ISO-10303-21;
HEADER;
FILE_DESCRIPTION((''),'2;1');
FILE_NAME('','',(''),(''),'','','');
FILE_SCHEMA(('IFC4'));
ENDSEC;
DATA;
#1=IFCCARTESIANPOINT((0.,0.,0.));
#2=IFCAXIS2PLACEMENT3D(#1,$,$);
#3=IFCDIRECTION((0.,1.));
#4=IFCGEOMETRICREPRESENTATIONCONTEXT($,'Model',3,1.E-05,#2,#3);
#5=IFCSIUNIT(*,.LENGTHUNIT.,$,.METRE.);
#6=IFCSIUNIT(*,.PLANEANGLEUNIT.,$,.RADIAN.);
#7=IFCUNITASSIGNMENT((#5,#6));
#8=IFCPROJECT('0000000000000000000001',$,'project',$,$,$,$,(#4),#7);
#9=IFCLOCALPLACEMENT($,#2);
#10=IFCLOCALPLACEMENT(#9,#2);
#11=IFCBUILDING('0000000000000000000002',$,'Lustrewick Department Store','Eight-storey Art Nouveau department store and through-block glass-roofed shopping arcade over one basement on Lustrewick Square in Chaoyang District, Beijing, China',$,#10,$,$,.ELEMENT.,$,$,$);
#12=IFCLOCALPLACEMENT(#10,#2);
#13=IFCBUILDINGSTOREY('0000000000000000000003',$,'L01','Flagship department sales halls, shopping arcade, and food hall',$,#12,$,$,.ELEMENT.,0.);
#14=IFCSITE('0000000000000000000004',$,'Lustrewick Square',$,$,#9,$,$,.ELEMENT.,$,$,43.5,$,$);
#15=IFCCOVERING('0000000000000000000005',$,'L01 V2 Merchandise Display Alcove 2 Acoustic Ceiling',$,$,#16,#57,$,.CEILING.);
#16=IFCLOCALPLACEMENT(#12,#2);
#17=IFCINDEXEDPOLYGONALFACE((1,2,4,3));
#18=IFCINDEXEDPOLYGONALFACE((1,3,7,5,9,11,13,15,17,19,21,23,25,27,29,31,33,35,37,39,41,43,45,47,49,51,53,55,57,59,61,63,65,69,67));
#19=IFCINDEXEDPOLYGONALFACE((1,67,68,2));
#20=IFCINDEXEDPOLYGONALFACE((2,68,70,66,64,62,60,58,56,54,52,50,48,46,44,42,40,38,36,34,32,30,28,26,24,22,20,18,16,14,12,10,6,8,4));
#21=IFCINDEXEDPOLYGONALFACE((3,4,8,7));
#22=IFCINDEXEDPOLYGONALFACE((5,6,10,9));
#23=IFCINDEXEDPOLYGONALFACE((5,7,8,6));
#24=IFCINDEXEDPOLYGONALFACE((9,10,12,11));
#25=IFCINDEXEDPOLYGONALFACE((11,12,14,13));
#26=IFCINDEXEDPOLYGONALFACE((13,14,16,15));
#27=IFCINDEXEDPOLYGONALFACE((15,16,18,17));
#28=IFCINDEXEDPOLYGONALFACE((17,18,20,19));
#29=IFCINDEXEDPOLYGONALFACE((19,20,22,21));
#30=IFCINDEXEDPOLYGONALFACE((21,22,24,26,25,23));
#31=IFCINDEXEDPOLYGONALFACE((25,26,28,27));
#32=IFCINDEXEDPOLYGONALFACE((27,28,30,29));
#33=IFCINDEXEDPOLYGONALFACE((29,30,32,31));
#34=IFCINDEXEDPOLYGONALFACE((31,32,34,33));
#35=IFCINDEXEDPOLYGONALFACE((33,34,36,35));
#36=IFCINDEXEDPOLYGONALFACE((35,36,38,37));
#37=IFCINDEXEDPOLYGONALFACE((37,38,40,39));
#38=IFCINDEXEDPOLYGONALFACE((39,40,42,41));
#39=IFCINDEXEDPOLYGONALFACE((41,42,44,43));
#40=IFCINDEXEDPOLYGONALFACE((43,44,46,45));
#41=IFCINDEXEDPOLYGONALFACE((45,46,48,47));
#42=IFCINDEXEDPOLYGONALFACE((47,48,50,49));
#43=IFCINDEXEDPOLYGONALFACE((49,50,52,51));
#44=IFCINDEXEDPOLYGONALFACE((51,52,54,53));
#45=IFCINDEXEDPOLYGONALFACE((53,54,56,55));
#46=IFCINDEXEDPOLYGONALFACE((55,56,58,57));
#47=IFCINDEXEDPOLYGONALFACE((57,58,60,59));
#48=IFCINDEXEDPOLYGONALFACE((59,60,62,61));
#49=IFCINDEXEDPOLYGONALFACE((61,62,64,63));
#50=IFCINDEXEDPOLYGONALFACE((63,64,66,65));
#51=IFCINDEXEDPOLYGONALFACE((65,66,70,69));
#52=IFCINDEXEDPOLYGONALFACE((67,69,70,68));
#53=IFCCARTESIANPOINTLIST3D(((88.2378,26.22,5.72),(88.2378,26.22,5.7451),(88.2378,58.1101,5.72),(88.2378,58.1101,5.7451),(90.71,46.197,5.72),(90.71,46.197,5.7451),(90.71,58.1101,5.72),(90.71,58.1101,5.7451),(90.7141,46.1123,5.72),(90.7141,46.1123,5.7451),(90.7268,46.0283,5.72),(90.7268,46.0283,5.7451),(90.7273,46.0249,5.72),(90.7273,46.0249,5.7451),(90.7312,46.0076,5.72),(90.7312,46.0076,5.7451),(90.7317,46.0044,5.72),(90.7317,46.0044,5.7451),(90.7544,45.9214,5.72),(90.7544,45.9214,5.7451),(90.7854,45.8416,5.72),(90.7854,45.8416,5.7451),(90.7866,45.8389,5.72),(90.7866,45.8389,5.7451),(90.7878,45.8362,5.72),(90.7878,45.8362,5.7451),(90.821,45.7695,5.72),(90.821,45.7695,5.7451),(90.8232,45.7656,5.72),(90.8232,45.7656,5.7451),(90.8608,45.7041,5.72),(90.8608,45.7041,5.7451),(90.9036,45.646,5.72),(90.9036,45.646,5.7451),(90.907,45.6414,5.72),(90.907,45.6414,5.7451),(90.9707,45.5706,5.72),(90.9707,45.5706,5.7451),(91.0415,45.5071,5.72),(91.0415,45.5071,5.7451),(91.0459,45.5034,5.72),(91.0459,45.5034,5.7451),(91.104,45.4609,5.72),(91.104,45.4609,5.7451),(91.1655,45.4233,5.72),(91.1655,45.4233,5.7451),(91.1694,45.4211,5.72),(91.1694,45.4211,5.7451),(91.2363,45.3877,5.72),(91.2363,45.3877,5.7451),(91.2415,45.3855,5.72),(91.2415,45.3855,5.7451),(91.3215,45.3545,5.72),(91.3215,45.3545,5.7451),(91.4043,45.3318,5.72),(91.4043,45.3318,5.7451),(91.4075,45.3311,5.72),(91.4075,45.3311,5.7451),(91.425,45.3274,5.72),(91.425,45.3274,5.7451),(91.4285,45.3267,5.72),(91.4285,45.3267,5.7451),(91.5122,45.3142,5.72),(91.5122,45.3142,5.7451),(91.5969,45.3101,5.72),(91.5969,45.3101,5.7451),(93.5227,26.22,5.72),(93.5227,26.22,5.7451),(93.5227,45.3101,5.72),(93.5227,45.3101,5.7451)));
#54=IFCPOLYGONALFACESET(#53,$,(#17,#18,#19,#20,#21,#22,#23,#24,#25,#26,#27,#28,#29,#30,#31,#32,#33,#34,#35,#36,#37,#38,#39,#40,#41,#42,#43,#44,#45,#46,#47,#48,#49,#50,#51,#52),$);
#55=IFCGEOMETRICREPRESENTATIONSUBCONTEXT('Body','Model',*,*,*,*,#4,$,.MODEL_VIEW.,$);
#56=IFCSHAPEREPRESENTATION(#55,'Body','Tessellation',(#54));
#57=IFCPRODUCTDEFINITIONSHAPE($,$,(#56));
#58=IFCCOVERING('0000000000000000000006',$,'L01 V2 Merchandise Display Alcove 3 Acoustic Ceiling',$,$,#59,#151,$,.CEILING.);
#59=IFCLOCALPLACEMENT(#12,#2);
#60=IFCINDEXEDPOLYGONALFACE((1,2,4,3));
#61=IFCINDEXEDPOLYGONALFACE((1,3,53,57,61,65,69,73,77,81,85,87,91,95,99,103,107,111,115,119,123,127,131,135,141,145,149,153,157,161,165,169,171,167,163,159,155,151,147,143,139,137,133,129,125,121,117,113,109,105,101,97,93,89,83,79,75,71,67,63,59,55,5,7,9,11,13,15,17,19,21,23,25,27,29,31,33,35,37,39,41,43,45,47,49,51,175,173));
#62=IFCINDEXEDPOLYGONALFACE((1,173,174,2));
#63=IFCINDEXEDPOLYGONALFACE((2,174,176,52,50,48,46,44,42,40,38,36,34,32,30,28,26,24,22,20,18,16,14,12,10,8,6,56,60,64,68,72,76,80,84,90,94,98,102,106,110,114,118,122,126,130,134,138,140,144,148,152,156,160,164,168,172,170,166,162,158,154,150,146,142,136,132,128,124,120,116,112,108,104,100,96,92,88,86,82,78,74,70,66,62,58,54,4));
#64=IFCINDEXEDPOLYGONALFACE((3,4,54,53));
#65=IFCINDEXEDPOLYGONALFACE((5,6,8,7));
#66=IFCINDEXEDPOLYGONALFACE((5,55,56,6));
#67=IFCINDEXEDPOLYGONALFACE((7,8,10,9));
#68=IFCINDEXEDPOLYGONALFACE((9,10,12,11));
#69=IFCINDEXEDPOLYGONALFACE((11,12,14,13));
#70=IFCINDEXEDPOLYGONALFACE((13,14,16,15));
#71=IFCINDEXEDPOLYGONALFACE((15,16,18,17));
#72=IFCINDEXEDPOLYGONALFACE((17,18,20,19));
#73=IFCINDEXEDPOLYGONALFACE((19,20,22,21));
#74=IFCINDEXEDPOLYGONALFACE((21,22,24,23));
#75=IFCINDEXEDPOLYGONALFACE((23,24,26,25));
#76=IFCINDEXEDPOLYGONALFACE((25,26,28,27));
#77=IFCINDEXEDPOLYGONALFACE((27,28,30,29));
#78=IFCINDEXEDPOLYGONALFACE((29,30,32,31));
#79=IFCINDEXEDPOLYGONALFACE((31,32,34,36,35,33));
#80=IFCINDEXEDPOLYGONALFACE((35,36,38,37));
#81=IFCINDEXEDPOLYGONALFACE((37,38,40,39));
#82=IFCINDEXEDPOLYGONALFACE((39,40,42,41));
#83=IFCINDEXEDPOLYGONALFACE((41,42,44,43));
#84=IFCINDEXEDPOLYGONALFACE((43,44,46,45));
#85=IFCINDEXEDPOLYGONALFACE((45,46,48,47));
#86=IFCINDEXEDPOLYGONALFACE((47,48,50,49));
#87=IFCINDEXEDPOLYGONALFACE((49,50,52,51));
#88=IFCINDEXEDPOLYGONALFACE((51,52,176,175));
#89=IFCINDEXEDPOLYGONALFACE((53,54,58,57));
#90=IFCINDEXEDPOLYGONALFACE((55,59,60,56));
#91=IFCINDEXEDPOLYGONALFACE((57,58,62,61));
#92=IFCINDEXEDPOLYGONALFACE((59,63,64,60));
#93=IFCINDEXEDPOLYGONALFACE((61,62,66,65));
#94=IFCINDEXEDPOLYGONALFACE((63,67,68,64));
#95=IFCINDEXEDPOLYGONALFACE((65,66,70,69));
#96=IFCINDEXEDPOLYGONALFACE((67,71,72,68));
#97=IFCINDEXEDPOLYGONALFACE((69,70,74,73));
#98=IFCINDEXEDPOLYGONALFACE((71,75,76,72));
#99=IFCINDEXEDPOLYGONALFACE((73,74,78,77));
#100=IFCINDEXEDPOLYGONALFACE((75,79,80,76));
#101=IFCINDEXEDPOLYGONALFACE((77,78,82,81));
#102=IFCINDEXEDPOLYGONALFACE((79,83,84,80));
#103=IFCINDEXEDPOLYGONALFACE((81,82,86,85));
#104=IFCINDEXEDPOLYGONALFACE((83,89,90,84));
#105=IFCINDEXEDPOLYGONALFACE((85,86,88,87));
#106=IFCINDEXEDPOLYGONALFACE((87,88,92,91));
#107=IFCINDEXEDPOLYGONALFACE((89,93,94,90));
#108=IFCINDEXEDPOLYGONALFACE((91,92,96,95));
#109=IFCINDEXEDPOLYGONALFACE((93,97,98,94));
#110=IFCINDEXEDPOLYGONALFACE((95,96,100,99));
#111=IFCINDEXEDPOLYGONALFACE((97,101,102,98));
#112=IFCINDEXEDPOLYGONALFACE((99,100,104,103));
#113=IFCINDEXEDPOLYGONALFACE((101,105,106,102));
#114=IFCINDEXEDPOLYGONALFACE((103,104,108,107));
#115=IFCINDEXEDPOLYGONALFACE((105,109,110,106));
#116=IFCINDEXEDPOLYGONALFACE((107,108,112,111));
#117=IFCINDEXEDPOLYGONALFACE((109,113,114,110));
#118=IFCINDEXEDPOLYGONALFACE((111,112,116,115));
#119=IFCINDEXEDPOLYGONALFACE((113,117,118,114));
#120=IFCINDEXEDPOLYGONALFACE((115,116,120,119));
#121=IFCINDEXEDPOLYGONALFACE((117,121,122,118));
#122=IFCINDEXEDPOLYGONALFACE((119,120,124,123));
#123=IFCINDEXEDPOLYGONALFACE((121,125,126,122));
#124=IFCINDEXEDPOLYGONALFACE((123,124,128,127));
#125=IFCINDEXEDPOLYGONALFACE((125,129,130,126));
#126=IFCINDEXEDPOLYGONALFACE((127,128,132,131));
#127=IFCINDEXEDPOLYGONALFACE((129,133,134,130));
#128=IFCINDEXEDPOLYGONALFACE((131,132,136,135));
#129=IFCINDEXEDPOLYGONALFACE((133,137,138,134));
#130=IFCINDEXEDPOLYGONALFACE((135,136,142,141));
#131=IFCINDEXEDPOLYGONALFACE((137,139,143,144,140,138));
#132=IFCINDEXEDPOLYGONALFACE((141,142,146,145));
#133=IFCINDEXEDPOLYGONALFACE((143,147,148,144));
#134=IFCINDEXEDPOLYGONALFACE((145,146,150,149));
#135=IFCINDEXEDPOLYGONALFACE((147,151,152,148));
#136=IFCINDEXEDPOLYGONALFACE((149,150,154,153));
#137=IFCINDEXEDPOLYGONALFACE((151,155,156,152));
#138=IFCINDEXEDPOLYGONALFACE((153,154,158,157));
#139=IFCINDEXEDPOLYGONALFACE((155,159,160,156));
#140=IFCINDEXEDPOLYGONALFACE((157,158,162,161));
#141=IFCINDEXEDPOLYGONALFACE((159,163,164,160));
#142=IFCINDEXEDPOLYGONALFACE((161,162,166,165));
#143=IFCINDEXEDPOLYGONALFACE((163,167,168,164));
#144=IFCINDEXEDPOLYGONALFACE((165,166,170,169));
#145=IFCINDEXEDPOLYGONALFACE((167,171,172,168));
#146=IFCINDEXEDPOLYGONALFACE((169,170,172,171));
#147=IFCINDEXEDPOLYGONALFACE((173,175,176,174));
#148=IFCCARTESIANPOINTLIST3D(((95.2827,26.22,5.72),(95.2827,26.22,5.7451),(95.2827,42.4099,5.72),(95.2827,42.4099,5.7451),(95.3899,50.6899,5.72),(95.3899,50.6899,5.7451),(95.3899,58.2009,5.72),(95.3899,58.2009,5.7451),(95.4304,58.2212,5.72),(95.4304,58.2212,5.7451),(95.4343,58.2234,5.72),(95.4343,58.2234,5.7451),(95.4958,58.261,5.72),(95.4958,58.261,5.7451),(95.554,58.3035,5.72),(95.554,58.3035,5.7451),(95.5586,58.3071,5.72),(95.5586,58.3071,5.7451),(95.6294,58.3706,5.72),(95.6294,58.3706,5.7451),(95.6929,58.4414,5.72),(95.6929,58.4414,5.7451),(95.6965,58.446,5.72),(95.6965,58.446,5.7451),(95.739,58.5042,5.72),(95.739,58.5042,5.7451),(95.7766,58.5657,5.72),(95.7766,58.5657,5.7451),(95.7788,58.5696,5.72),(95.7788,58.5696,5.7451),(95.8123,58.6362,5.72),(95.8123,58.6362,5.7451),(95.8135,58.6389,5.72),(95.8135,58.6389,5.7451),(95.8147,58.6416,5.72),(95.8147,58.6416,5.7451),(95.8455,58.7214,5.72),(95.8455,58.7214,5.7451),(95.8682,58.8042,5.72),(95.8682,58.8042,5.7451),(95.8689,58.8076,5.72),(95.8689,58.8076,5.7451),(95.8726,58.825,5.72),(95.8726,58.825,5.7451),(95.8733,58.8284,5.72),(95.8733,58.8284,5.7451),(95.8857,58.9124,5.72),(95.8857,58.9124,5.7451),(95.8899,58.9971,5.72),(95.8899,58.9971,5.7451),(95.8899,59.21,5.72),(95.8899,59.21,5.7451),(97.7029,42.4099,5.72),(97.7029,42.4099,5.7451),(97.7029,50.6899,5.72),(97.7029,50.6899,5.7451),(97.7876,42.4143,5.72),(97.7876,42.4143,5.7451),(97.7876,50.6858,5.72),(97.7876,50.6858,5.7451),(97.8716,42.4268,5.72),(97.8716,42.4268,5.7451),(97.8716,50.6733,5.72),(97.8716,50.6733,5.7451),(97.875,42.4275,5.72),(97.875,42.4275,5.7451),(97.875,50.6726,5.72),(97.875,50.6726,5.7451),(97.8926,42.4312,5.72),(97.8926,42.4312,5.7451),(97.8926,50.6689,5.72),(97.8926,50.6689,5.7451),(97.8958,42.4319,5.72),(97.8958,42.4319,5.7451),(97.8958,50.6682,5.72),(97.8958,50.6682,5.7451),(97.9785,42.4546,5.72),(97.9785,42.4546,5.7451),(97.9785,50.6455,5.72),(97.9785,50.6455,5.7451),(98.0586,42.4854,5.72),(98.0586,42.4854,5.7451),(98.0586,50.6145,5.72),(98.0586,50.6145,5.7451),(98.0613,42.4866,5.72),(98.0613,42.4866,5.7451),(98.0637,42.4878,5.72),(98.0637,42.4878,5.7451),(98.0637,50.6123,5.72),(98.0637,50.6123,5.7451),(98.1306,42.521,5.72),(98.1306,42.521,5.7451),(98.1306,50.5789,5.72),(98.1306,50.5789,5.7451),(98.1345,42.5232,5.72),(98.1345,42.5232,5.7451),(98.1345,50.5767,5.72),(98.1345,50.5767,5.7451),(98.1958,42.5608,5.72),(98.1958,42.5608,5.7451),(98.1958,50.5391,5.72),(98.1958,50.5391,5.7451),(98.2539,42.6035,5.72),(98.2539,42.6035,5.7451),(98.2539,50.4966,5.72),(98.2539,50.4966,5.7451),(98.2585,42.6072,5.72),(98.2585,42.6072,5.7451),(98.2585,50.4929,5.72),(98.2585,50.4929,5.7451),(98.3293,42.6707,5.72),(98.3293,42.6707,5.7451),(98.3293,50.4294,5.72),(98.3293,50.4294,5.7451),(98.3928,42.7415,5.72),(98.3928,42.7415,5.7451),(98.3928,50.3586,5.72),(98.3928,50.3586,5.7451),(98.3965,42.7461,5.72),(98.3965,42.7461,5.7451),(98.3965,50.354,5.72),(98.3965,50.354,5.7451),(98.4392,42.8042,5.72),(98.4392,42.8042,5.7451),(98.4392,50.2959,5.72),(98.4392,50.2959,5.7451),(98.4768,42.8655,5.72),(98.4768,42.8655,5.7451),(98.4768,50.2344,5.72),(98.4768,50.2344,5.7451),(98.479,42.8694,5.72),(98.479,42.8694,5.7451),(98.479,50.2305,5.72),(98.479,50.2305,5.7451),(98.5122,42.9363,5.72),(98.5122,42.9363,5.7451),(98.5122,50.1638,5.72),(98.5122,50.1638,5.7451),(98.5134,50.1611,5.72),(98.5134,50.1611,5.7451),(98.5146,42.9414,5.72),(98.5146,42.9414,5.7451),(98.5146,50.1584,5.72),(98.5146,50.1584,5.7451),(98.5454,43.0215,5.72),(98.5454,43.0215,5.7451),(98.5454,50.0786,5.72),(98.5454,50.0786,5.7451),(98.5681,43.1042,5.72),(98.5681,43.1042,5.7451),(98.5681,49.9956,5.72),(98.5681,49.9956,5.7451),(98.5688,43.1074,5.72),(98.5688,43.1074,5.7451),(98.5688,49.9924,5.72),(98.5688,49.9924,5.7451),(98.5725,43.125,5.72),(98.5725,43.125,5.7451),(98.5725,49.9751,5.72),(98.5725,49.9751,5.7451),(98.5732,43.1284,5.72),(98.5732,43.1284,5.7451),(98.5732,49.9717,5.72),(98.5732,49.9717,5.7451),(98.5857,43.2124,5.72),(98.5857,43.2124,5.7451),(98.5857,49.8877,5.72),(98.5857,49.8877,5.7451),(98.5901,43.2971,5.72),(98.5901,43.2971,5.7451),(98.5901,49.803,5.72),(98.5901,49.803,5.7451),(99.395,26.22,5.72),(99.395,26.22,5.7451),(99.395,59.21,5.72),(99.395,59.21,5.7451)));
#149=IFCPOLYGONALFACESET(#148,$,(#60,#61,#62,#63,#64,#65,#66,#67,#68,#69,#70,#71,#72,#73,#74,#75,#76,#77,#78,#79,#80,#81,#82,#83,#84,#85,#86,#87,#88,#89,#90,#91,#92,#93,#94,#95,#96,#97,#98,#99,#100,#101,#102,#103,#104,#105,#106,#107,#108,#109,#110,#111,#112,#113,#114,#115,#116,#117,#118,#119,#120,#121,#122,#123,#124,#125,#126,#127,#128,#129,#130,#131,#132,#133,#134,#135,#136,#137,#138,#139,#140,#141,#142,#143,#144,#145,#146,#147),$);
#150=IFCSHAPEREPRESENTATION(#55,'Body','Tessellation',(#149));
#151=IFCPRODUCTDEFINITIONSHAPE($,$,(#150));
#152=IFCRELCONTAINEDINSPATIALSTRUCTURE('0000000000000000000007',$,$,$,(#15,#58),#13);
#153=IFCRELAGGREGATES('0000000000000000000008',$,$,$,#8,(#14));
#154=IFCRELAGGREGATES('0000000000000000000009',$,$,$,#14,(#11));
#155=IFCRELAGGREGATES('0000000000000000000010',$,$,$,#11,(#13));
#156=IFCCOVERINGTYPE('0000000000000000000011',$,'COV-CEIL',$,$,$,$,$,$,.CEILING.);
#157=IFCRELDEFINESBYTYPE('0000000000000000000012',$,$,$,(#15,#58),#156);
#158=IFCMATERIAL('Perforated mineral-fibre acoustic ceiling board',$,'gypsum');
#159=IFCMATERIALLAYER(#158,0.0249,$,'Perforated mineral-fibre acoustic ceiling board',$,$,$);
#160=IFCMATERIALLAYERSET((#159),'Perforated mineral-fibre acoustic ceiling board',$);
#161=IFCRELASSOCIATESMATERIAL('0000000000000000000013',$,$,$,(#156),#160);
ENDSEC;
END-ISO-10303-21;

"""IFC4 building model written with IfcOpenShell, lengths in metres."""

from ifc_helpers import new_model, si_unit, direction, frame, origin, place, context, subcontext, project, spatial, polyline, outline, extrude, material, layer, layer_set, type_object, element, save


model = new_model("IFC4")

# Units and contexts
model_context = context("Model", 3, precision=1e-05, world=origin(), true_north=direction((0.0, 1.0)))
body_context = subcontext(model_context, "Body", "Model", "MODEL_VIEW")
ifc_project = project(units=[si_unit("LENGTHUNIT", "METRE"), si_unit("PLANEANGLEUNIT", "RADIAN")], contexts=[model_context])

# Site, building, storey
site_placement = place(None, origin())
site = spatial("IfcSite", under=ifc_project, at=site_placement, Name="Lustrewick Square", CompositionType="ELEMENT", RefElevation=43.5)
building_placement = place(site_placement, origin())
building = spatial("IfcBuilding", under=site, at=building_placement, Name="Lustrewick Department Store", Description="Eight-storey Art Nouveau department store and through-block glass-roofed shopping arcade over one basement on Lustrewick Square in Chaoyang District, Beijing, China", CompositionType="ELEMENT")
storey_placement = place(building_placement, origin())
storey = spatial("IfcBuildingStorey", under=building, at=storey_placement, Name="L01", Description="Flagship department sales halls, shopping arcade, and food hall", CompositionType="ELEMENT", Elevation=0.0)

# Coverings
ifc_material_1 = material(Name="Perforated mineral-fibre acoustic ceiling board", Category="gypsum")
ifc_layer_1 = layer(ifc_material_1, 0.0249, Name="Perforated mineral-fibre acoustic ceiling board")
ifc_layer_set_1 = layer_set([ifc_layer_1], Name="Perforated mineral-fibre acoustic ceiling board")
covering_type_1 = type_object("IfcCoveringType", Name="COV-CEIL", PredefinedType="CEILING", material=ifc_layer_set_1)
covering_1_placement = place(storey_placement, frame((0.0, 0.0, 5.72)))
element("IfcCovering", 1, at=covering_1_placement, inside=storey, type_object=covering_type_1, Name="L01 V2 Merchandise Display Alcove 2 Acoustic Ceiling", PredefinedType="CEILING", context=body_context, shape_type="SweptSolid", body=[
    extrude(outline(polyline([(90.71, 58.1101), (88.2378, 58.1101), (88.2378, 26.22), (93.5227, 26.22), (93.5227, 45.3101), (91.5969, 45.3101), (91.5122, 45.3142), (91.4285, 45.3267), (91.425, 45.3274), (91.4075, 45.3311), (91.4043, 45.3318), (91.3215, 45.3545), (91.2415, 45.3855), (91.2363, 45.3877), (91.1694, 45.4211), (91.1655, 45.4233), (91.104, 45.4609), (91.0459, 45.5034), (91.0415, 45.5071), (90.9707, 45.5706), (90.907, 45.6414), (90.9036, 45.646), (90.8608, 45.7041), (90.8232, 45.7656), (90.821, 45.7695), (90.7878, 45.8362), (90.7866, 45.8389), (90.7854, 45.8416), (90.7544, 45.9214), (90.7317, 46.0044), (90.7312, 46.0076), (90.7273, 46.0249), (90.7268, 46.0283), (90.7141, 46.1123), (90.71, 46.197), (90.71, 58.1101)])), origin(), (0.0, 0.0, 1.0), 0.0251),
])
covering_2_placement = place(storey_placement, frame((0.0, 0.0, 5.72)))
element("IfcCovering", 2, at=covering_2_placement, inside=storey, type_object=covering_type_1, Name="L01 V2 Merchandise Display Alcove 3 Acoustic Ceiling", PredefinedType="CEILING", context=body_context, shape_type="SweptSolid", body=[
    extrude(outline(polyline([(95.3899, 50.6899), (97.7029, 50.6899), (97.7876, 50.6858), (97.8716, 50.6733), (97.875, 50.6726), (97.8926, 50.6689), (97.8958, 50.6682), (97.9785, 50.6455), (98.0586, 50.6145), (98.0637, 50.6123), (98.1306, 50.5789), (98.1345, 50.5767), (98.1958, 50.5391), (98.2539, 50.4966), (98.2585, 50.4929), (98.3293, 50.4294), (98.3928, 50.3586), (98.3965, 50.354), (98.4392, 50.2959), (98.4768, 50.2344), (98.479, 50.2305), (98.5122, 50.1638), (98.5134, 50.1611), (98.5146, 50.1584), (98.5454, 50.0786), (98.5681, 49.9956), (98.5688, 49.9924), (98.5725, 49.9751), (98.5732, 49.9717), (98.5857, 49.8877), (98.5901, 49.803), (98.5901, 43.2971), (98.5857, 43.2124), (98.5732, 43.1284), (98.5725, 43.125), (98.5688, 43.1074), (98.5681, 43.1042), (98.5454, 43.0215), (98.5146, 42.9414), (98.5122, 42.9363), (98.479, 42.8694), (98.4768, 42.8655), (98.4392, 42.8042), (98.3965, 42.7461), (98.3928, 42.7415), (98.3293, 42.6707), (98.2585, 42.6072), (98.2539, 42.6035), (98.1958, 42.5608), (98.1345, 42.5232), (98.1306, 42.521), (98.0637, 42.4878), (98.0613, 42.4866), (98.0586, 42.4854), (97.9785, 42.4546), (97.8958, 42.4319), (97.8926, 42.4312), (97.875, 42.4275), (97.8716, 42.4268), (97.7876, 42.4143), (97.7029, 42.4099), (95.2827, 42.4099), (95.2827, 26.22), (99.395, 26.22), (99.395, 59.21), (95.8899, 59.21), (95.8899, 58.9971), (95.8857, 58.9124), (95.8733, 58.8284), (95.8726, 58.825), (95.8689, 58.8076), (95.8682, 58.8042), (95.8455, 58.7214), (95.8147, 58.6416), (95.8135, 58.6389), (95.8123, 58.6362), (95.7788, 58.5696), (95.7766, 58.5657), (95.739, 58.5042), (95.6965, 58.446), (95.6929, 58.4414), (95.6294, 58.3706), (95.5586, 58.3071), (95.554, 58.3035), (95.4958, 58.261), (95.4343, 58.2234), (95.4304, 58.2212), (95.3899, 58.2009), (95.3899, 50.6899)])), origin(), (0.0, 0.0, 1.0), 0.0251),
])

save(model, "model.ifc")
